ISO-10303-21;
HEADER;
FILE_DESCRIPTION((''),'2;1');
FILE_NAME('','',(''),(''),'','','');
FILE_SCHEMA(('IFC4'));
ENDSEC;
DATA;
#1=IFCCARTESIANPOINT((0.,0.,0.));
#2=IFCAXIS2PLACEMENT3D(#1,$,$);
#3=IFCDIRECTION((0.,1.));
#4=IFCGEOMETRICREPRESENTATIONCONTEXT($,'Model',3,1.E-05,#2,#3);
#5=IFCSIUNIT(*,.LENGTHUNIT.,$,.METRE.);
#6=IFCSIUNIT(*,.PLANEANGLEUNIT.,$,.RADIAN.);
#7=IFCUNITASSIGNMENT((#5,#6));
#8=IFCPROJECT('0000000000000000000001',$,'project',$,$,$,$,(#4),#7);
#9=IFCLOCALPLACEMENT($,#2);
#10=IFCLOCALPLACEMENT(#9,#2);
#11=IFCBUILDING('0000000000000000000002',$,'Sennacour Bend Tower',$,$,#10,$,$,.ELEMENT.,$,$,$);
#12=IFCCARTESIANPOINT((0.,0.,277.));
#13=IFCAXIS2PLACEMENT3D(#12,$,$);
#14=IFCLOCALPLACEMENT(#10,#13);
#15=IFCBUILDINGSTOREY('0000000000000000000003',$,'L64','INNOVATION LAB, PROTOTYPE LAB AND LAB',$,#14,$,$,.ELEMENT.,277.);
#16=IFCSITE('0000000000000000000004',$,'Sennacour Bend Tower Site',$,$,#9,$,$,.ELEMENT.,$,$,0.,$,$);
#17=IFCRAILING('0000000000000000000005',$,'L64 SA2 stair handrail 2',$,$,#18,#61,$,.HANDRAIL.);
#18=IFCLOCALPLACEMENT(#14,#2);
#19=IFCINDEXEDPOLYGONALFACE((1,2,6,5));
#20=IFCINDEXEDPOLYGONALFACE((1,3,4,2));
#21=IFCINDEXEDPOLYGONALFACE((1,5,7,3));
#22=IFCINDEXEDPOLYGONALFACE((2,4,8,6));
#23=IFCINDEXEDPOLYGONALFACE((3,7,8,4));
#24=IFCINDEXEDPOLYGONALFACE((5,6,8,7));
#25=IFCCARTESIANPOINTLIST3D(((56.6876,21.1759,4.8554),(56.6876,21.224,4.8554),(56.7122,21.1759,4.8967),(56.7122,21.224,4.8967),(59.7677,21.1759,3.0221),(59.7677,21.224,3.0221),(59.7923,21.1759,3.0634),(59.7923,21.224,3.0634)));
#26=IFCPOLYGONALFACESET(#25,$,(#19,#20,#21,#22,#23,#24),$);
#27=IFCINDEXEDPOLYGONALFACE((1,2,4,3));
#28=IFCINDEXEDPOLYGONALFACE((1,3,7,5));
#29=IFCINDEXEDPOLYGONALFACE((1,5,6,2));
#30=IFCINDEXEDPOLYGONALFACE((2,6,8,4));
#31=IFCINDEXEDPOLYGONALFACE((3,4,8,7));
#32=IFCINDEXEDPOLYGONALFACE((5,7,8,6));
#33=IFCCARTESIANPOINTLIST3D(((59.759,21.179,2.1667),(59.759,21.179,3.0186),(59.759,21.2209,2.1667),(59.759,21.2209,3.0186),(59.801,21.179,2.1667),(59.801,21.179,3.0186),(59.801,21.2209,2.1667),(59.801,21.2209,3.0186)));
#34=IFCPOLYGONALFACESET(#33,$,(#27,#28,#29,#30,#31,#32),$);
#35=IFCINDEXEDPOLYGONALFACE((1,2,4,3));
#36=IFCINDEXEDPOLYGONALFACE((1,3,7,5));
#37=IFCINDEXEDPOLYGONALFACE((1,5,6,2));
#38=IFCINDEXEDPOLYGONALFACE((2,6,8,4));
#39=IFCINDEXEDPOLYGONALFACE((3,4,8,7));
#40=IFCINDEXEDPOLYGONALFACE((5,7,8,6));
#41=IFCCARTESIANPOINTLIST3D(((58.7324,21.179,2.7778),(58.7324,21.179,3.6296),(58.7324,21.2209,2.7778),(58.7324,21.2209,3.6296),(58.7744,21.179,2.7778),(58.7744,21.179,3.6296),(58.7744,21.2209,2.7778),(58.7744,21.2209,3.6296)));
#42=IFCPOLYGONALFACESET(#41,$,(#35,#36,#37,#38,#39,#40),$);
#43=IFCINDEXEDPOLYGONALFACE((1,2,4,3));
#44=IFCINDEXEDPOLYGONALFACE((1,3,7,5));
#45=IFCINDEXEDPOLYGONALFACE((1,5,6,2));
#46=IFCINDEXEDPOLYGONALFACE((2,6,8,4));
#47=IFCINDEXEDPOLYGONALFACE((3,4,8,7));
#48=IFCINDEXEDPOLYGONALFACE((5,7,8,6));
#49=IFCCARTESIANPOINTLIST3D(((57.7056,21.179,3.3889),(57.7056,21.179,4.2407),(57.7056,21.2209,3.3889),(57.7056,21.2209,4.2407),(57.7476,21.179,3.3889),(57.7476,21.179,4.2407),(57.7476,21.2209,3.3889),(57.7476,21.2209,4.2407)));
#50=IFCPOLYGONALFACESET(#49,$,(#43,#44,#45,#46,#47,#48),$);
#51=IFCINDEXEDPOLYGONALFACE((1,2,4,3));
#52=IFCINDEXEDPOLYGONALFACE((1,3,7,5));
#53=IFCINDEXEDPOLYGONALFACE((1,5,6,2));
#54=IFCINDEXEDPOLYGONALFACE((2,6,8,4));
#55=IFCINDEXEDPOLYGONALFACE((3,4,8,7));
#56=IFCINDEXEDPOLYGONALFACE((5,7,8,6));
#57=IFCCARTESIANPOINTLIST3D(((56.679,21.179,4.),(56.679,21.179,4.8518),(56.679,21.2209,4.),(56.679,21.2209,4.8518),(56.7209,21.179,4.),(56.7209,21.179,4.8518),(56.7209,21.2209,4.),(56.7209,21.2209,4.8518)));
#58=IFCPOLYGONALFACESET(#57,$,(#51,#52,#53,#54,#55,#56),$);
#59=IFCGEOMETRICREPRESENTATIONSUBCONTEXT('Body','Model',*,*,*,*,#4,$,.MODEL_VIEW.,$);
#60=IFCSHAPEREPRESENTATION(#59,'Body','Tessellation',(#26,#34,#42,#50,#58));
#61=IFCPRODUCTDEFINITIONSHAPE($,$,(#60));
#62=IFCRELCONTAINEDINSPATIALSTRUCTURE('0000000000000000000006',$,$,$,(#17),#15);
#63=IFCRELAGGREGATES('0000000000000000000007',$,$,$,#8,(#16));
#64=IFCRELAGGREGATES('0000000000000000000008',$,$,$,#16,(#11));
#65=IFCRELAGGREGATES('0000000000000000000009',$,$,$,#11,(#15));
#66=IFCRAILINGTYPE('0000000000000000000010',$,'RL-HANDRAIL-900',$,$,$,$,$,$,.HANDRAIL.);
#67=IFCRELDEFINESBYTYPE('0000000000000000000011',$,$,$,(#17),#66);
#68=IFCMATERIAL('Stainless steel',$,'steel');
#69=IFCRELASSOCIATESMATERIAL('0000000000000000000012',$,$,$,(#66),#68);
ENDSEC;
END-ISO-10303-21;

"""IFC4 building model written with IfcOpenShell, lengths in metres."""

from ifc_helpers import new_model, si_unit, direction, frame, origin, origin_2d, place, context, subcontext, project, spatial, rectangle, extrude, material, type_object, element, save


model = new_model("IFC4")

# Units and contexts
model_context = context("Model", 3, precision=1e-05, world=origin(), true_north=direction((0.0, 1.0)))
body_context = subcontext(model_context, "Body", "Model", "MODEL_VIEW")
ifc_project = project(units=[si_unit("LENGTHUNIT", "METRE"), si_unit("PLANEANGLEUNIT", "RADIAN")], contexts=[model_context])

# Site, building, storey
site_placement = place(None, origin())
site = spatial("IfcSite", under=ifc_project, at=site_placement, Name="Sennacour Bend Tower Site", CompositionType="ELEMENT", RefElevation=0.0)
building_placement = place(site_placement, origin())
building = spatial("IfcBuilding", under=site, at=building_placement, Name="Sennacour Bend Tower", CompositionType="ELEMENT")
storey_placement = place(building_placement, frame((0.0, 0.0, 277.0)))
storey = spatial("IfcBuildingStorey", under=building, at=storey_placement, Name="L64", Description="INNOVATION LAB, PROTOTYPE LAB AND LAB", CompositionType="ELEMENT", Elevation=277.0)

# Railing
ifc_material_1 = material(Name="Stainless steel", Category="steel")
railing_type_1 = type_object("IfcRailingType", Name="RL-HANDRAIL-900", PredefinedType="HANDRAIL", material=ifc_material_1)
railing_1_placement = place(storey_placement, frame((59.78, 21.2, 2.1667)))
element("IfcRailing", 1, at=railing_1_placement, inside=storey, type_object=railing_type_1, Name="L64 SA2 stair handrail 2", PredefinedType="HANDRAIL", context=body_context, shape_type="SweptSolid", body=[
    extrude(rectangle(XDim=0.0481, YDim=0.0481, at=origin_2d()), frame((0.0, 0.0, 0.876), z_axis=(-0.859309, 0.0, 0.511458), x_axis=(0.0, -1.0, 0.0)), (0.0, 0.0, 1.0), 3.5845),
    extrude(rectangle(XDim=0.042, YDim=0.042, at=origin_2d()), origin(), (0.0, 0.0, 1.0), 0.8518),
    extrude(rectangle(XDim=0.042, YDim=0.042, at=origin_2d()), frame((-1.0266, 0.0, 0.6111)), (0.0, 0.0, 1.0), 0.8518),
    extrude(rectangle(XDim=0.042, YDim=0.042, at=origin_2d()), frame((-2.0535, 0.0, 1.2222)), (0.0, 0.0, 1.0), 0.8518),
    extrude(rectangle(XDim=0.042, YDim=0.042, at=origin_2d()), frame((-3.0801, 0.0, 1.8333)), (0.0, 0.0, 1.0), 0.8518),
])

save(model, "model.ifc")
